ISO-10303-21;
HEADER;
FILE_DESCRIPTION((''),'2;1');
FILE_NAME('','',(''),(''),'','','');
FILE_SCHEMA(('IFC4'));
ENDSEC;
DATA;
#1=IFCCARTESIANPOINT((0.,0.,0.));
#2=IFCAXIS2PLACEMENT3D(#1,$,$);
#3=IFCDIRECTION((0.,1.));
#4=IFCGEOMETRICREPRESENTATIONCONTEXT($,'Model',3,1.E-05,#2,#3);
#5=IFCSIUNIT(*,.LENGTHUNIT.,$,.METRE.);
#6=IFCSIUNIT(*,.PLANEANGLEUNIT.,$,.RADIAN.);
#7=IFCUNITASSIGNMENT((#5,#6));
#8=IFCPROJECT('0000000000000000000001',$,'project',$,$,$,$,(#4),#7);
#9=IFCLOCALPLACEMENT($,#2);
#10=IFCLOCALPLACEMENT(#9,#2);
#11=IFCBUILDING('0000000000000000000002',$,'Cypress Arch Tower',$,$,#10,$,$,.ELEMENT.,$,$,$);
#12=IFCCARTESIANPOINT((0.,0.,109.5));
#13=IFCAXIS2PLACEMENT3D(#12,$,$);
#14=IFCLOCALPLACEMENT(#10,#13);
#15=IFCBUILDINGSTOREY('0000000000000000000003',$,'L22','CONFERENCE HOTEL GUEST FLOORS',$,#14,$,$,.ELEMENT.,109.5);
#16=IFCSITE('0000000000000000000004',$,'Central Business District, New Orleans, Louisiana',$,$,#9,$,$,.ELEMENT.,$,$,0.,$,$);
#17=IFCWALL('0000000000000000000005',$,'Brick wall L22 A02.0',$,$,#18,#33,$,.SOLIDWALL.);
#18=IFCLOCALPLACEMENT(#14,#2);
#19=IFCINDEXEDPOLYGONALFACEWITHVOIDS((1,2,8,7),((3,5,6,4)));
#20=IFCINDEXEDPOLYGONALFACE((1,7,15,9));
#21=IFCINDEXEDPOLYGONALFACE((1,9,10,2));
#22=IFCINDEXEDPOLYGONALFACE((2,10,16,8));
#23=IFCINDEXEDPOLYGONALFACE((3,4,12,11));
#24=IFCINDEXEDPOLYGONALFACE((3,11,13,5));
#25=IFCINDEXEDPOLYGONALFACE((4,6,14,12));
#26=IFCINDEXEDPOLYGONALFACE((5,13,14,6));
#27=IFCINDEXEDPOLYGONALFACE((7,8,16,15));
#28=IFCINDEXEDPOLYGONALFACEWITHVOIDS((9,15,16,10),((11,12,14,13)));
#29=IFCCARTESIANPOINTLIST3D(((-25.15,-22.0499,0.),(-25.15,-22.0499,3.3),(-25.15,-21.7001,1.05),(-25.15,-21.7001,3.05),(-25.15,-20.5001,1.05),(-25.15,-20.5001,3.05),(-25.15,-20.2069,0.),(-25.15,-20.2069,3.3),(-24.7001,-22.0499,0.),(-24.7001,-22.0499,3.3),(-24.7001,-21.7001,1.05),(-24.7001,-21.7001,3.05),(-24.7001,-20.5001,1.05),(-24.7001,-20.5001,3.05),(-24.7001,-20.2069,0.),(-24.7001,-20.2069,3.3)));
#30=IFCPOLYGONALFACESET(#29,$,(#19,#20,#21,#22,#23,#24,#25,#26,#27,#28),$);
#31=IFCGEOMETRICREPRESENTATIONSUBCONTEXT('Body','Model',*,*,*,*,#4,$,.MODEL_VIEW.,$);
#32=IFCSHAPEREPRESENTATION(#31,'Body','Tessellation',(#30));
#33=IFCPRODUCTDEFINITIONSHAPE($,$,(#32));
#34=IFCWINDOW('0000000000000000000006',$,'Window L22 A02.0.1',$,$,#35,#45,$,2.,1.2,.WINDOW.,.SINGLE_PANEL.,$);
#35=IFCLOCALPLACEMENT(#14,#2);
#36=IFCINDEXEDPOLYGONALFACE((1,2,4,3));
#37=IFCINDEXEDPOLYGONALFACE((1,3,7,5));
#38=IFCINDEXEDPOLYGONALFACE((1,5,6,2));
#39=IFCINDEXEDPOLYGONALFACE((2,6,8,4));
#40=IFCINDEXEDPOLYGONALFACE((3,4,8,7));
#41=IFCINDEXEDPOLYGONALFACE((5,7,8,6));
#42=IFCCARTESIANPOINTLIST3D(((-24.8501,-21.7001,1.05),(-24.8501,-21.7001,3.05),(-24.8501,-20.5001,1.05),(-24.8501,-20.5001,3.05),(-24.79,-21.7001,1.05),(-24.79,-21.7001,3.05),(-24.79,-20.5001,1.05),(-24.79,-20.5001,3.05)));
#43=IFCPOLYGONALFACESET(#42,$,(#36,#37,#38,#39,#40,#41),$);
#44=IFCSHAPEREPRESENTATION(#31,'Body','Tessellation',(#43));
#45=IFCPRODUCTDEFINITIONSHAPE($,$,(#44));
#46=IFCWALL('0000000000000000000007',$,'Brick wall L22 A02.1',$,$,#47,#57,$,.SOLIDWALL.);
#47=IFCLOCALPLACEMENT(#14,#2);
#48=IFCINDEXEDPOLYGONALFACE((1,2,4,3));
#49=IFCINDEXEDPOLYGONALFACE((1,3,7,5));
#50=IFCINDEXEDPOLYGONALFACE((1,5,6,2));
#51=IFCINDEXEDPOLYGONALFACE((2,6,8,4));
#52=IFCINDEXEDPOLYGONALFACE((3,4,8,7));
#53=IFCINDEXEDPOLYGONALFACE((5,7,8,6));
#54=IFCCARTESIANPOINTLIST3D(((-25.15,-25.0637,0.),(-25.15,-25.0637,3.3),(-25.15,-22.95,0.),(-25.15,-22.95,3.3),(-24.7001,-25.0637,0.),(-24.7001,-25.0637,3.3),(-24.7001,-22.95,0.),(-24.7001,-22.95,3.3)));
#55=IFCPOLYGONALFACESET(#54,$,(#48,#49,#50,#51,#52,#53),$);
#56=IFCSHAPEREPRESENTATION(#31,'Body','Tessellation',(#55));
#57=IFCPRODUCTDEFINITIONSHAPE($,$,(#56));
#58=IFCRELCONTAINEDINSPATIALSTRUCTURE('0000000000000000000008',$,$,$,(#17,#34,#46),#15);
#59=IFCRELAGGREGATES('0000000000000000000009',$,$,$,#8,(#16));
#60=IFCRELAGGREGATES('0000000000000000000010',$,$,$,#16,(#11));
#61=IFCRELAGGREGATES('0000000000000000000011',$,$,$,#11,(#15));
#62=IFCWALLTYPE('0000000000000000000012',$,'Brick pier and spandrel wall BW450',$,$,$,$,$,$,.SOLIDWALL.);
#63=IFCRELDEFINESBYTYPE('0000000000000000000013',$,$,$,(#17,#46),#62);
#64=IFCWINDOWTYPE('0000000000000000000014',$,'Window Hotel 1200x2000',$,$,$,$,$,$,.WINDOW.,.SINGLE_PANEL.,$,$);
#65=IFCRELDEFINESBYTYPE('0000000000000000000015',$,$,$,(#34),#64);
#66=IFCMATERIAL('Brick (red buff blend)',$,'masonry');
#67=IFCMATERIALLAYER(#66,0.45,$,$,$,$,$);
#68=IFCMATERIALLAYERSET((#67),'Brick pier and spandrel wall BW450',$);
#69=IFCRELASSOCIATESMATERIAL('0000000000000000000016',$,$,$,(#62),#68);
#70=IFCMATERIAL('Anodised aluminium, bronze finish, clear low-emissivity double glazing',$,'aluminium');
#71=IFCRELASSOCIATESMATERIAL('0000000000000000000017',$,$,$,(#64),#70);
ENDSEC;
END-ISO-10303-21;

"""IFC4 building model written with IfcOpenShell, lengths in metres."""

from ifc_helpers import new_model, si_unit, direction, frame, frame_2d, origin, place, context, subcontext, project, spatial, rectangle, extrude, material, layer, layer_set, type_object, element, fill, save


model = new_model("IFC4")

# Units and contexts
model_context = context("Model", 3, precision=1e-05, world=origin(), true_north=direction((0.0, 1.0)))
body_context = subcontext(model_context, "Body", "Model", "MODEL_VIEW")
ifc_project = project(units=[si_unit("LENGTHUNIT", "METRE"), si_unit("PLANEANGLEUNIT", "RADIAN")], contexts=[model_context])

# Site, building, storey
site_placement = place(None, origin())
site = spatial("IfcSite", under=ifc_project, at=site_placement, Name="Central Business District, New Orleans, Louisiana", CompositionType="ELEMENT", RefElevation=0.0)
building_placement = place(site_placement, origin())
building = spatial("IfcBuilding", under=site, at=building_placement, Name="Cypress Arch Tower", CompositionType="ELEMENT")
storey_placement = place(building_placement, frame((0.0, 0.0, 109.5)))
storey = spatial("IfcBuildingStorey", under=building, at=storey_placement, Name="L22", Description="CONFERENCE HOTEL GUEST FLOORS", CompositionType="ELEMENT", Elevation=109.5)

# Wall, opening, window
ifc_material_1 = material(Name="Brick (red buff blend)", Category="masonry")
ifc_layer_1 = layer(ifc_material_1, 0.45)
ifc_layer_set_1 = layer_set([ifc_layer_1], Name="Brick pier and spandrel wall BW450")
wall_type_1 = type_object("IfcWallType", Name="Brick pier and spandrel wall BW450", PredefinedType="SOLIDWALL", material=ifc_layer_set_1)
wall_1_placement = place(storey_placement, frame((-24.925, -20.207, 0.0), z_axis=(0.0, 0.0, 1.0), x_axis=(0.0, -1.0, 0.0)))
wall_1 = element("IfcWall", 1, at=wall_1_placement, inside=storey, type_object=wall_type_1, Name="Brick wall L22 A02.0", PredefinedType="SOLIDWALL", context=body_context, shape_type="SweptSolid", body=[
    extrude(rectangle(XDim=1.843, YDim=0.45, at=frame_2d((0.9214, 0.0))), origin(), (0.0, 0.0, 1.0), 3.3),
])
opening_1_placement = place(wall_1_placement, frame((0.293, 0.0, 1.05)))
opening_1 = element("IfcOpeningElement", 2, at=opening_1_placement, cuts=wall_1, PredefinedType="OPENING", context=body_context, shape_type="SweptSolid", body=[
    extrude(rectangle(XDim=1.2, YDim=2.0, at=frame_2d((0.6001, 1.0))), frame((0.0, 0.2349, 0.0), z_axis=(0.0, -1.0, 0.0), x_axis=(1.0, 0.0, 0.0)), (0.0, 0.0, 1.0), 0.47),
])
ifc_material_2 = material(Name="Anodised aluminium, bronze finish, clear low-emissivity double glazing", Category="aluminium")
window_type_1 = type_object("IfcWindowType", Name="Window Hotel 1200x2000", PartitioningType="SINGLE_PANEL", PredefinedType="WINDOW", material=ifc_material_2)
window_1_placement = place(opening_1_placement, origin())
window_1 = element("IfcWindow", 3, at=window_1_placement, inside=storey, type_object=window_type_1, Name="Window L22 A02.0.1", OverallHeight=2.0, OverallWidth=1.2, PartitioningType="SINGLE_PANEL", PredefinedType="WINDOW", context=body_context, shape_type="SweptSolid", body=[
    extrude(rectangle(XDim=1.2, YDim=2.0, at=frame_2d((0.6001, 1.0))), frame((0.0, 0.135, 0.0), z_axis=(0.0, -1.0, 0.0), x_axis=(1.0, 0.0, 0.0)), (0.0, 0.0, 1.0), 0.0601),
])
fill(opening_1, window_1)

# Wall
wall_2_placement = place(storey_placement, frame((-24.925, -22.95, 0.0), z_axis=(0.0, 0.0, 1.0), x_axis=(0.0, -1.0, 0.0)))
element("IfcWall", 4, at=wall_2_placement, inside=storey, type_object=wall_type_1, Name="Brick wall L22 A02.1", PredefinedType="SOLIDWALL", context=body_context, shape_type="SweptSolid", body=[
    extrude(rectangle(XDim=2.1138, YDim=0.45, at=frame_2d((1.0569, 0.0))), origin(), (0.0, 0.0, 1.0), 3.3),
])

save(model, "model.ifc")
